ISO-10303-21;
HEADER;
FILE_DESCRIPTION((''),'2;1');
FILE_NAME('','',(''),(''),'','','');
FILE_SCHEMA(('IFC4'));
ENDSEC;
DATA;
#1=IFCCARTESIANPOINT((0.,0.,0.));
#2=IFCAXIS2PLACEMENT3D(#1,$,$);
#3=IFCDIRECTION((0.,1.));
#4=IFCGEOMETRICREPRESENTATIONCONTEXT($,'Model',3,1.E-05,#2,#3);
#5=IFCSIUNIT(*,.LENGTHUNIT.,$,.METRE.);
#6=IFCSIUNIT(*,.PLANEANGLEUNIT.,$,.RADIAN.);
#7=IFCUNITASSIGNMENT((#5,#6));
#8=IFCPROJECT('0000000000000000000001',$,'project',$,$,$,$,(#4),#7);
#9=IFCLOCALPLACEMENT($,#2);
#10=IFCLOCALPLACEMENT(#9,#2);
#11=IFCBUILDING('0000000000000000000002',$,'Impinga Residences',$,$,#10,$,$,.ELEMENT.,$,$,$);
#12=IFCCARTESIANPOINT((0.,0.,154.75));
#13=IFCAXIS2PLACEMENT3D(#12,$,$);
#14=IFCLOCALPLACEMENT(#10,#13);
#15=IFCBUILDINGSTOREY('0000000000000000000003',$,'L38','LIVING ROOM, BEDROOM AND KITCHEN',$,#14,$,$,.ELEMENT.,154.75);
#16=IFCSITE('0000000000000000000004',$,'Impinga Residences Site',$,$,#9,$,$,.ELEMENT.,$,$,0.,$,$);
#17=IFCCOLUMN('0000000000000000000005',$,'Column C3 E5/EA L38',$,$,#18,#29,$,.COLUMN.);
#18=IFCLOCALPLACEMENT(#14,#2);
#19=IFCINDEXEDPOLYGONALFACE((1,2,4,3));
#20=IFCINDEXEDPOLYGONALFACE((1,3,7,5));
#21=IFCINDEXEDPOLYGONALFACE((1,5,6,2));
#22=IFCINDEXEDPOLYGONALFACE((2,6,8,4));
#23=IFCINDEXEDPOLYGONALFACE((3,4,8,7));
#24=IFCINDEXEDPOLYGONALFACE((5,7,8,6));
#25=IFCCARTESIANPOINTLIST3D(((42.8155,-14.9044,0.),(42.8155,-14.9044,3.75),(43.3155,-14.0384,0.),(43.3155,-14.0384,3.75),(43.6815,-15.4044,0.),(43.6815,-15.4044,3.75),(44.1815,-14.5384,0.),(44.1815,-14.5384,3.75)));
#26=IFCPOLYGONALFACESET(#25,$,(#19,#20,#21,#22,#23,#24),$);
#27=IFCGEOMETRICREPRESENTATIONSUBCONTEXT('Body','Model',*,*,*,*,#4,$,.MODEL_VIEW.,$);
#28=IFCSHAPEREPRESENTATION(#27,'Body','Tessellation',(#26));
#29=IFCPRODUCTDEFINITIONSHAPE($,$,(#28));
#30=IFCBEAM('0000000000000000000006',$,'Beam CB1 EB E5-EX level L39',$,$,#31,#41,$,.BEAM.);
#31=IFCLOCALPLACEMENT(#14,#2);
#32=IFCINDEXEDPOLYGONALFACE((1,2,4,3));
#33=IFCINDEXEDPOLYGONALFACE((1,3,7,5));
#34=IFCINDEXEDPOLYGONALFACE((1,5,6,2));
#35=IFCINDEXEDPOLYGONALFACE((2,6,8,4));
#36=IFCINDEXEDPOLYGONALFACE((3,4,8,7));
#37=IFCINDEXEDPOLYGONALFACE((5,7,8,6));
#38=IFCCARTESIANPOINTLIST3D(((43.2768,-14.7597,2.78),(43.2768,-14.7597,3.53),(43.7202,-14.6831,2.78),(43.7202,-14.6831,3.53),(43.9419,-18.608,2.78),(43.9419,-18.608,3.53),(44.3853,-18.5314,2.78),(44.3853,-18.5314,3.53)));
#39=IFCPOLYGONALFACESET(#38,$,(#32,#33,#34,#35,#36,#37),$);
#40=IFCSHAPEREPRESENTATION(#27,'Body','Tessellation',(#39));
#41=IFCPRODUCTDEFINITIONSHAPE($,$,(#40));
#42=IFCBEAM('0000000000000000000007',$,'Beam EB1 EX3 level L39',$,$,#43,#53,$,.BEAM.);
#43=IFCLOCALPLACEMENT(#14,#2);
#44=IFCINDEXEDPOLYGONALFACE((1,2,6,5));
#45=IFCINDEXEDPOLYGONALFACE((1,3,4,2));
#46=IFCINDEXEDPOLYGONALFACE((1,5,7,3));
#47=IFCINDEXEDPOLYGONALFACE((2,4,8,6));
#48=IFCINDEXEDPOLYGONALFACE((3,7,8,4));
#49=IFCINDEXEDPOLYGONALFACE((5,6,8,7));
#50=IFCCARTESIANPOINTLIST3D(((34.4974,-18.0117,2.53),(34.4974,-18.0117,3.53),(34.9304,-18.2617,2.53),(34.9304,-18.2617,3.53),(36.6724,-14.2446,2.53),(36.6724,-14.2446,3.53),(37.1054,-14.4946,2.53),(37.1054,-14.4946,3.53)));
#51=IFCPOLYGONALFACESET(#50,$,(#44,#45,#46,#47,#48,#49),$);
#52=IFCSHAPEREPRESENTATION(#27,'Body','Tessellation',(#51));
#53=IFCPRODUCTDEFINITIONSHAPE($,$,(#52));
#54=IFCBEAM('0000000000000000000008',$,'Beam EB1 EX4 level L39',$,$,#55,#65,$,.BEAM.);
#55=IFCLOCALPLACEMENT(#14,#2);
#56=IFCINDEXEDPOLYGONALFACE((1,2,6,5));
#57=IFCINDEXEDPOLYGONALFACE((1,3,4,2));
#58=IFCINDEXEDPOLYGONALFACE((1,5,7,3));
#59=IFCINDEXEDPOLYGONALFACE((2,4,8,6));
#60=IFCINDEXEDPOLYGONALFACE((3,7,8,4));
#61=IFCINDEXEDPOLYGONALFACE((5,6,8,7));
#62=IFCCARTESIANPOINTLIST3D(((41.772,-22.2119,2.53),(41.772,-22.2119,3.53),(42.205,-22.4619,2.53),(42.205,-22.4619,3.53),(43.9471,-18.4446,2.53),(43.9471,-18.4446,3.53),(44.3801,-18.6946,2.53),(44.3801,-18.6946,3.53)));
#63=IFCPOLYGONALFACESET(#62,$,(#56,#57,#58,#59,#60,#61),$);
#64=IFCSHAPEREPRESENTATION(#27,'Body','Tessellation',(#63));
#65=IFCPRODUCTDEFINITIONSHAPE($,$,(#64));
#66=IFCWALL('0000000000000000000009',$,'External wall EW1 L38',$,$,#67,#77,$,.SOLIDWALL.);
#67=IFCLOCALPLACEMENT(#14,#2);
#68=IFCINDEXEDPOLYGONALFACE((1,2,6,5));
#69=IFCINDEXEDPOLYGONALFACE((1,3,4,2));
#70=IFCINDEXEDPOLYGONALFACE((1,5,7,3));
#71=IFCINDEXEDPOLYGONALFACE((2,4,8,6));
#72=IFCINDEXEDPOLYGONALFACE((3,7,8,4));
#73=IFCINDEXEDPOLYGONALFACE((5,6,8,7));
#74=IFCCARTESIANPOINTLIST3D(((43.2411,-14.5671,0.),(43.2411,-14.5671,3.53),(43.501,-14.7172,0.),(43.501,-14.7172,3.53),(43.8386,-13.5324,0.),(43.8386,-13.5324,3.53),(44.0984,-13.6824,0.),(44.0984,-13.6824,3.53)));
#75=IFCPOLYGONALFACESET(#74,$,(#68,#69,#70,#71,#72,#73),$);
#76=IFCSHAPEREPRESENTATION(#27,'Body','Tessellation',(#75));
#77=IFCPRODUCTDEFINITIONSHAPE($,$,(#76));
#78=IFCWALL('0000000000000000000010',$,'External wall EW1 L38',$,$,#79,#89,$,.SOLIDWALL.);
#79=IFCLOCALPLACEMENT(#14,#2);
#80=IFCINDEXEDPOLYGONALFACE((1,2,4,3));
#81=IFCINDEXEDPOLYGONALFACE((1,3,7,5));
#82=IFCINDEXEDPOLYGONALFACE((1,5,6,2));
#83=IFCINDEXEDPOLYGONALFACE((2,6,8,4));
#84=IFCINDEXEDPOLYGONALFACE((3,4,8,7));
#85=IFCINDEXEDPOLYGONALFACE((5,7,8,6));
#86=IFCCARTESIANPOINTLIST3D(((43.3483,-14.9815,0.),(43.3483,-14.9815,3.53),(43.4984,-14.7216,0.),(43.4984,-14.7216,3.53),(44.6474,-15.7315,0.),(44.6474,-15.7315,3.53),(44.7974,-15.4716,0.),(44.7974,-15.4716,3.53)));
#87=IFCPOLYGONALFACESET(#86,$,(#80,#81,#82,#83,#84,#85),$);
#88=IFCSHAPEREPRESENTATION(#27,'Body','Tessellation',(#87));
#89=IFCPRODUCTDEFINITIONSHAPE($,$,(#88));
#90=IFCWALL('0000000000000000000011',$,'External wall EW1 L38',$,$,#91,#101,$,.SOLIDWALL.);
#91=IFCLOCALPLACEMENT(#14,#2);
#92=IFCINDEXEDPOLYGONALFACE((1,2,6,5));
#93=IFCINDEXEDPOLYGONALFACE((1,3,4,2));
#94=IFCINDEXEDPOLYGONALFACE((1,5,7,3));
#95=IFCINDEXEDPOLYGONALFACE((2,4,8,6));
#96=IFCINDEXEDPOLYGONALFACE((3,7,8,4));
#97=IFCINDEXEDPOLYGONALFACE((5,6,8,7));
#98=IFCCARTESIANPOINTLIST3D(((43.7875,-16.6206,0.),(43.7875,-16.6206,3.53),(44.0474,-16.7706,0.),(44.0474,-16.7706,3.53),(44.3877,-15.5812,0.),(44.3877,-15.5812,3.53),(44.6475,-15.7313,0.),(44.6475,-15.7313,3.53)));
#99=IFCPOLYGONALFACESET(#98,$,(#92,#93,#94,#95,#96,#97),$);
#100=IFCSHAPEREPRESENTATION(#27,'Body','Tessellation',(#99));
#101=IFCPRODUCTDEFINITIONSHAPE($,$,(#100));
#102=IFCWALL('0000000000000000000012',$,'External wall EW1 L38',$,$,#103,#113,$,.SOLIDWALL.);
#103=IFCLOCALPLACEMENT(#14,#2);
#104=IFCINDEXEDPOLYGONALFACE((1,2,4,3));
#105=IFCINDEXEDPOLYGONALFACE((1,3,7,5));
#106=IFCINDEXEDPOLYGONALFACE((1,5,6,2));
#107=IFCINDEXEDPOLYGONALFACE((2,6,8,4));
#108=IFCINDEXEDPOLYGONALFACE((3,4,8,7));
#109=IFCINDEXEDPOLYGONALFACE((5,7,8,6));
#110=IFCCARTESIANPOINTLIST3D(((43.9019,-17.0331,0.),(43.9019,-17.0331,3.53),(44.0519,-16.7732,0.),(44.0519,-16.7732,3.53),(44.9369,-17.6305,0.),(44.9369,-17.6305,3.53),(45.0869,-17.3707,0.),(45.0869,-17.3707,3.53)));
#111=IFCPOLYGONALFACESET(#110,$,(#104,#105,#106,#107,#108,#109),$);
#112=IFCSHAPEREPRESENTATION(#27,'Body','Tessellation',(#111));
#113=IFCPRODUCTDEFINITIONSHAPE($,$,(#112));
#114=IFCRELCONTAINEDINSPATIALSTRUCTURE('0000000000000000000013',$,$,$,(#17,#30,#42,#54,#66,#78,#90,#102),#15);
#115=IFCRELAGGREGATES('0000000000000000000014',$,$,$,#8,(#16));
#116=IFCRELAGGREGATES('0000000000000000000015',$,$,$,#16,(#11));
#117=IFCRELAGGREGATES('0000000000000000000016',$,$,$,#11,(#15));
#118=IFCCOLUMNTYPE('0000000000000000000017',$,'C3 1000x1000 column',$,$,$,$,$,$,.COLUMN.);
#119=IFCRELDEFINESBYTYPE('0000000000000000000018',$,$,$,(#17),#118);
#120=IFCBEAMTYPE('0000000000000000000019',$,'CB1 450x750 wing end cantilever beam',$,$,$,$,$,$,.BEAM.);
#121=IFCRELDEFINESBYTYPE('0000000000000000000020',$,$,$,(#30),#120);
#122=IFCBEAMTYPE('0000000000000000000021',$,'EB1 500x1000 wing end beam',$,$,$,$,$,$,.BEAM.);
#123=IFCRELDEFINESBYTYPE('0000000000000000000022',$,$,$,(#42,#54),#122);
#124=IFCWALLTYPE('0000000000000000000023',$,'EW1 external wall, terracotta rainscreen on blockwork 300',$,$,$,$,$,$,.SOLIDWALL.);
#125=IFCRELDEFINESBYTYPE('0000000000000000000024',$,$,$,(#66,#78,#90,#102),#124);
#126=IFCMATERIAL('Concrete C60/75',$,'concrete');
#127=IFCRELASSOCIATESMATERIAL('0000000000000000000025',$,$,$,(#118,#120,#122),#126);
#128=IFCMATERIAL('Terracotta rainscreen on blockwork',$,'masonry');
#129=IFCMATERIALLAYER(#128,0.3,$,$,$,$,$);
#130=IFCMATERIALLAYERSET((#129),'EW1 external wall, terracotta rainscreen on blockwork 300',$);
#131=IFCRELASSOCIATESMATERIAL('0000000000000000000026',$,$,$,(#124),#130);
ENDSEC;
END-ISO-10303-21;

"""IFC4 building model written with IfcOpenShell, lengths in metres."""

from ifc_helpers import new_model, si_unit, direction, frame, frame_2d, origin, origin_2d, place, context, subcontext, project, spatial, rectangle, extrude, material, layer, layer_set, material_profile, profile_set, type_object, element, save


model = new_model("IFC4")

# Units and contexts
model_context = context("Model", 3, precision=1e-05, world=origin(), true_north=direction((0.0, 1.0)))
body_context = subcontext(model_context, "Body", "Model", "MODEL_VIEW")
ifc_project = project(units=[si_unit("LENGTHUNIT", "METRE"), si_unit("PLANEANGLEUNIT", "RADIAN")], contexts=[model_context])

# Site, building, storey
site_placement = place(None, origin())
site = spatial("IfcSite", under=ifc_project, at=site_placement, Name="Impinga Residences Site", CompositionType="ELEMENT", RefElevation=0.0)
building_placement = place(site_placement, origin())
building = spatial("IfcBuilding", under=site, at=building_placement, Name="Impinga Residences", CompositionType="ELEMENT")
storey_placement = place(building_placement, frame((0.0, 0.0, 154.75)))
storey = spatial("IfcBuildingStorey", under=building, at=storey_placement, Name="L38", Description="LIVING ROOM, BEDROOM AND KITCHEN", CompositionType="ELEMENT", Elevation=154.75)

# Column
ifc_material_1 = material(Name="Concrete C60/75", Category="concrete")
ifc_material_profile_1 = material_profile(ifc_material_1, rectangle(XDim=1.0, YDim=1.0, at=origin_2d()), Name="RC 1000x1000")
ifc_profile_set_1 = profile_set([ifc_material_profile_1], Name="Concrete C60/75")
column_type = type_object("IfcColumnType", Name="C3 1000x1000 column", PredefinedType="COLUMN", material=ifc_profile_set_1)
column_placement = place(storey_placement, frame((43.4985, -14.7214, 0.0), z_axis=(0.0, 0.0, 1.0), x_axis=(-0.5, -0.866025, 0.0)))
element("IfcColumn", 1, at=column_placement, inside=storey, type_object=column_type, Name="Column C3 E5/EA L38", PredefinedType="COLUMN", context=body_context, shape_type="SweptSolid", body=[
    extrude(rectangle(XDim=1.0, YDim=1.0, at=origin_2d()), origin(), (0.0, 0.0, 1.0), 3.75),
])

# Beams
ifc_material_profile_2 = material_profile(ifc_material_1, rectangle(XDim=0.45, YDim=0.75, at=origin_2d()), Name="RC 450x750")
ifc_profile_set_2 = profile_set([ifc_material_profile_2], Name="Concrete C60/75")
beam_type_1 = type_object("IfcBeamType", Name="CB1 450x750 wing end cantilever beam", PredefinedType="BEAM", material=ifc_profile_set_2)
beam_1_placement = place(storey_placement, frame((43.4985, -14.7214, 3.155), z_axis=(0.170296, -0.985393, 0.0), x_axis=(0.985393, 0.170296, 0.0)))
element("IfcBeam", 2, at=beam_1_placement, inside=storey, type_object=beam_type_1, Name="Beam CB1 EB E5-EX level L39", PredefinedType="BEAM", context=body_context, shape_type="SweptSolid", body=[
    extrude(rectangle(XDim=0.45, YDim=0.75, at=origin_2d()), origin(), (0.0, 0.0, 1.0), 3.9053),
])
ifc_material_profile_3 = material_profile(ifc_material_1, rectangle(XDim=0.5, YDim=1.0, at=origin_2d()), Name="RC 500x1000")
ifc_profile_set_3 = profile_set([ifc_material_profile_3], Name="Concrete C60/75")
beam_type_2 = type_object("IfcBeamType", Name="EB1 500x1000 wing end beam", PredefinedType="BEAM", material=ifc_profile_set_3)
beam_2_placement = place(storey_placement, frame((36.8889, -14.3696, 3.03), z_axis=(-0.50002, -0.866014, 0.0), x_axis=(0.866014, -0.50002, 0.0)))
element("IfcBeam", 3, at=beam_2_placement, inside=storey, type_object=beam_type_2, Name="Beam EB1 EX3 level L39", PredefinedType="BEAM", context=body_context, shape_type="SweptSolid", body=[
    extrude(rectangle(XDim=0.5, YDim=1.0, at=origin_2d()), origin(), (0.0, 0.0, 1.0), 4.3499),
])
beam_3_placement = place(storey_placement, frame((44.1636, -18.5696, 3.03), z_axis=(-0.499996, -0.866028, 0.0), x_axis=(0.866028, -0.499996, 0.0)))
element("IfcBeam", 4, at=beam_3_placement, inside=storey, type_object=beam_type_2, Name="Beam EB1 EX4 level L39", PredefinedType="BEAM", context=body_context, shape_type="SweptSolid", body=[
    extrude(rectangle(XDim=0.5, YDim=1.0, at=origin_2d()), origin(), (0.0, 0.0, 1.0), 4.3501),
])

# Walls
ifc_material_2 = material(Name="Terracotta rainscreen on blockwork", Category="masonry")
ifc_layer_1 = layer(ifc_material_2, 0.3)
ifc_layer_set_1 = layer_set([ifc_layer_1], Name="EW1 external wall, terracotta rainscreen on blockwork 300")
wall_type_1 = type_object("IfcWallType", Name="EW1 external wall, terracotta rainscreen on blockwork 300", PredefinedType="SOLIDWALL", material=ifc_layer_set_1)
wall_1_placement = place(storey_placement, frame((43.9685, -13.6074, 0.0), z_axis=(0.0, 0.0, 1.0), x_axis=(-0.500029, -0.866009, 0.0)))
element("IfcWall", 5, at=wall_1_placement, inside=storey, type_object=wall_type_1, Name="External wall EW1 L38", PredefinedType="SOLIDWALL", context=body_context, shape_type="SweptSolid", body=[
    extrude(rectangle(XDim=1.1948, YDim=0.3, at=frame_2d((0.5974, 0.0))), origin(), (0.0, 0.0, 1.0), 3.53),
])
wall_2_placement = place(storey_placement, frame((43.4233, -14.8516, 0.0), z_axis=(0.0, 0.0, 1.0), x_axis=(0.866031, -0.49999, 0.0)))
element("IfcWall", 6, at=wall_2_placement, inside=storey, type_object=wall_type_1, Name="External wall EW1 L38", PredefinedType="SOLIDWALL", context=body_context, shape_type="SweptSolid", body=[
    extrude(rectangle(XDim=1.5, YDim=0.3, at=frame_2d((0.75, 0.0))), origin(), (0.0, 0.0, 1.0), 3.53),
])
wall_3_placement = place(storey_placement, frame((44.5176, -15.6562, 0.0), z_axis=(0.0, 0.0, 1.0), x_axis=(-0.500034, -0.866006, 0.0)))
element("IfcWall", 7, at=wall_3_placement, inside=storey, type_object=wall_type_1, Name="External wall EW1 L38", PredefinedType="SOLIDWALL", context=body_context, shape_type="SweptSolid", body=[
    extrude(rectangle(XDim=1.2002, YDim=0.3, at=frame_2d((0.6001, 0.0))), origin(), (0.0, 0.0, 1.0), 3.53),
])
wall_4_placement = place(storey_placement, frame((43.9768, -16.9031, 0.0), z_axis=(0.0, 0.0, 1.0), x_axis=(0.86606, -0.499941, 0.0)))
element("IfcWall", 8, at=wall_4_placement, inside=storey, type_object=wall_type_1, Name="External wall EW1 L38", PredefinedType="SOLIDWALL", context=body_context, shape_type="SweptSolid", body=[
    extrude(rectangle(XDim=1.1951, YDim=0.3, at=frame_2d((0.5977, 0.0))), origin(), (0.0, 0.0, 1.0), 3.53),
])

save(model, "model.ifc")
